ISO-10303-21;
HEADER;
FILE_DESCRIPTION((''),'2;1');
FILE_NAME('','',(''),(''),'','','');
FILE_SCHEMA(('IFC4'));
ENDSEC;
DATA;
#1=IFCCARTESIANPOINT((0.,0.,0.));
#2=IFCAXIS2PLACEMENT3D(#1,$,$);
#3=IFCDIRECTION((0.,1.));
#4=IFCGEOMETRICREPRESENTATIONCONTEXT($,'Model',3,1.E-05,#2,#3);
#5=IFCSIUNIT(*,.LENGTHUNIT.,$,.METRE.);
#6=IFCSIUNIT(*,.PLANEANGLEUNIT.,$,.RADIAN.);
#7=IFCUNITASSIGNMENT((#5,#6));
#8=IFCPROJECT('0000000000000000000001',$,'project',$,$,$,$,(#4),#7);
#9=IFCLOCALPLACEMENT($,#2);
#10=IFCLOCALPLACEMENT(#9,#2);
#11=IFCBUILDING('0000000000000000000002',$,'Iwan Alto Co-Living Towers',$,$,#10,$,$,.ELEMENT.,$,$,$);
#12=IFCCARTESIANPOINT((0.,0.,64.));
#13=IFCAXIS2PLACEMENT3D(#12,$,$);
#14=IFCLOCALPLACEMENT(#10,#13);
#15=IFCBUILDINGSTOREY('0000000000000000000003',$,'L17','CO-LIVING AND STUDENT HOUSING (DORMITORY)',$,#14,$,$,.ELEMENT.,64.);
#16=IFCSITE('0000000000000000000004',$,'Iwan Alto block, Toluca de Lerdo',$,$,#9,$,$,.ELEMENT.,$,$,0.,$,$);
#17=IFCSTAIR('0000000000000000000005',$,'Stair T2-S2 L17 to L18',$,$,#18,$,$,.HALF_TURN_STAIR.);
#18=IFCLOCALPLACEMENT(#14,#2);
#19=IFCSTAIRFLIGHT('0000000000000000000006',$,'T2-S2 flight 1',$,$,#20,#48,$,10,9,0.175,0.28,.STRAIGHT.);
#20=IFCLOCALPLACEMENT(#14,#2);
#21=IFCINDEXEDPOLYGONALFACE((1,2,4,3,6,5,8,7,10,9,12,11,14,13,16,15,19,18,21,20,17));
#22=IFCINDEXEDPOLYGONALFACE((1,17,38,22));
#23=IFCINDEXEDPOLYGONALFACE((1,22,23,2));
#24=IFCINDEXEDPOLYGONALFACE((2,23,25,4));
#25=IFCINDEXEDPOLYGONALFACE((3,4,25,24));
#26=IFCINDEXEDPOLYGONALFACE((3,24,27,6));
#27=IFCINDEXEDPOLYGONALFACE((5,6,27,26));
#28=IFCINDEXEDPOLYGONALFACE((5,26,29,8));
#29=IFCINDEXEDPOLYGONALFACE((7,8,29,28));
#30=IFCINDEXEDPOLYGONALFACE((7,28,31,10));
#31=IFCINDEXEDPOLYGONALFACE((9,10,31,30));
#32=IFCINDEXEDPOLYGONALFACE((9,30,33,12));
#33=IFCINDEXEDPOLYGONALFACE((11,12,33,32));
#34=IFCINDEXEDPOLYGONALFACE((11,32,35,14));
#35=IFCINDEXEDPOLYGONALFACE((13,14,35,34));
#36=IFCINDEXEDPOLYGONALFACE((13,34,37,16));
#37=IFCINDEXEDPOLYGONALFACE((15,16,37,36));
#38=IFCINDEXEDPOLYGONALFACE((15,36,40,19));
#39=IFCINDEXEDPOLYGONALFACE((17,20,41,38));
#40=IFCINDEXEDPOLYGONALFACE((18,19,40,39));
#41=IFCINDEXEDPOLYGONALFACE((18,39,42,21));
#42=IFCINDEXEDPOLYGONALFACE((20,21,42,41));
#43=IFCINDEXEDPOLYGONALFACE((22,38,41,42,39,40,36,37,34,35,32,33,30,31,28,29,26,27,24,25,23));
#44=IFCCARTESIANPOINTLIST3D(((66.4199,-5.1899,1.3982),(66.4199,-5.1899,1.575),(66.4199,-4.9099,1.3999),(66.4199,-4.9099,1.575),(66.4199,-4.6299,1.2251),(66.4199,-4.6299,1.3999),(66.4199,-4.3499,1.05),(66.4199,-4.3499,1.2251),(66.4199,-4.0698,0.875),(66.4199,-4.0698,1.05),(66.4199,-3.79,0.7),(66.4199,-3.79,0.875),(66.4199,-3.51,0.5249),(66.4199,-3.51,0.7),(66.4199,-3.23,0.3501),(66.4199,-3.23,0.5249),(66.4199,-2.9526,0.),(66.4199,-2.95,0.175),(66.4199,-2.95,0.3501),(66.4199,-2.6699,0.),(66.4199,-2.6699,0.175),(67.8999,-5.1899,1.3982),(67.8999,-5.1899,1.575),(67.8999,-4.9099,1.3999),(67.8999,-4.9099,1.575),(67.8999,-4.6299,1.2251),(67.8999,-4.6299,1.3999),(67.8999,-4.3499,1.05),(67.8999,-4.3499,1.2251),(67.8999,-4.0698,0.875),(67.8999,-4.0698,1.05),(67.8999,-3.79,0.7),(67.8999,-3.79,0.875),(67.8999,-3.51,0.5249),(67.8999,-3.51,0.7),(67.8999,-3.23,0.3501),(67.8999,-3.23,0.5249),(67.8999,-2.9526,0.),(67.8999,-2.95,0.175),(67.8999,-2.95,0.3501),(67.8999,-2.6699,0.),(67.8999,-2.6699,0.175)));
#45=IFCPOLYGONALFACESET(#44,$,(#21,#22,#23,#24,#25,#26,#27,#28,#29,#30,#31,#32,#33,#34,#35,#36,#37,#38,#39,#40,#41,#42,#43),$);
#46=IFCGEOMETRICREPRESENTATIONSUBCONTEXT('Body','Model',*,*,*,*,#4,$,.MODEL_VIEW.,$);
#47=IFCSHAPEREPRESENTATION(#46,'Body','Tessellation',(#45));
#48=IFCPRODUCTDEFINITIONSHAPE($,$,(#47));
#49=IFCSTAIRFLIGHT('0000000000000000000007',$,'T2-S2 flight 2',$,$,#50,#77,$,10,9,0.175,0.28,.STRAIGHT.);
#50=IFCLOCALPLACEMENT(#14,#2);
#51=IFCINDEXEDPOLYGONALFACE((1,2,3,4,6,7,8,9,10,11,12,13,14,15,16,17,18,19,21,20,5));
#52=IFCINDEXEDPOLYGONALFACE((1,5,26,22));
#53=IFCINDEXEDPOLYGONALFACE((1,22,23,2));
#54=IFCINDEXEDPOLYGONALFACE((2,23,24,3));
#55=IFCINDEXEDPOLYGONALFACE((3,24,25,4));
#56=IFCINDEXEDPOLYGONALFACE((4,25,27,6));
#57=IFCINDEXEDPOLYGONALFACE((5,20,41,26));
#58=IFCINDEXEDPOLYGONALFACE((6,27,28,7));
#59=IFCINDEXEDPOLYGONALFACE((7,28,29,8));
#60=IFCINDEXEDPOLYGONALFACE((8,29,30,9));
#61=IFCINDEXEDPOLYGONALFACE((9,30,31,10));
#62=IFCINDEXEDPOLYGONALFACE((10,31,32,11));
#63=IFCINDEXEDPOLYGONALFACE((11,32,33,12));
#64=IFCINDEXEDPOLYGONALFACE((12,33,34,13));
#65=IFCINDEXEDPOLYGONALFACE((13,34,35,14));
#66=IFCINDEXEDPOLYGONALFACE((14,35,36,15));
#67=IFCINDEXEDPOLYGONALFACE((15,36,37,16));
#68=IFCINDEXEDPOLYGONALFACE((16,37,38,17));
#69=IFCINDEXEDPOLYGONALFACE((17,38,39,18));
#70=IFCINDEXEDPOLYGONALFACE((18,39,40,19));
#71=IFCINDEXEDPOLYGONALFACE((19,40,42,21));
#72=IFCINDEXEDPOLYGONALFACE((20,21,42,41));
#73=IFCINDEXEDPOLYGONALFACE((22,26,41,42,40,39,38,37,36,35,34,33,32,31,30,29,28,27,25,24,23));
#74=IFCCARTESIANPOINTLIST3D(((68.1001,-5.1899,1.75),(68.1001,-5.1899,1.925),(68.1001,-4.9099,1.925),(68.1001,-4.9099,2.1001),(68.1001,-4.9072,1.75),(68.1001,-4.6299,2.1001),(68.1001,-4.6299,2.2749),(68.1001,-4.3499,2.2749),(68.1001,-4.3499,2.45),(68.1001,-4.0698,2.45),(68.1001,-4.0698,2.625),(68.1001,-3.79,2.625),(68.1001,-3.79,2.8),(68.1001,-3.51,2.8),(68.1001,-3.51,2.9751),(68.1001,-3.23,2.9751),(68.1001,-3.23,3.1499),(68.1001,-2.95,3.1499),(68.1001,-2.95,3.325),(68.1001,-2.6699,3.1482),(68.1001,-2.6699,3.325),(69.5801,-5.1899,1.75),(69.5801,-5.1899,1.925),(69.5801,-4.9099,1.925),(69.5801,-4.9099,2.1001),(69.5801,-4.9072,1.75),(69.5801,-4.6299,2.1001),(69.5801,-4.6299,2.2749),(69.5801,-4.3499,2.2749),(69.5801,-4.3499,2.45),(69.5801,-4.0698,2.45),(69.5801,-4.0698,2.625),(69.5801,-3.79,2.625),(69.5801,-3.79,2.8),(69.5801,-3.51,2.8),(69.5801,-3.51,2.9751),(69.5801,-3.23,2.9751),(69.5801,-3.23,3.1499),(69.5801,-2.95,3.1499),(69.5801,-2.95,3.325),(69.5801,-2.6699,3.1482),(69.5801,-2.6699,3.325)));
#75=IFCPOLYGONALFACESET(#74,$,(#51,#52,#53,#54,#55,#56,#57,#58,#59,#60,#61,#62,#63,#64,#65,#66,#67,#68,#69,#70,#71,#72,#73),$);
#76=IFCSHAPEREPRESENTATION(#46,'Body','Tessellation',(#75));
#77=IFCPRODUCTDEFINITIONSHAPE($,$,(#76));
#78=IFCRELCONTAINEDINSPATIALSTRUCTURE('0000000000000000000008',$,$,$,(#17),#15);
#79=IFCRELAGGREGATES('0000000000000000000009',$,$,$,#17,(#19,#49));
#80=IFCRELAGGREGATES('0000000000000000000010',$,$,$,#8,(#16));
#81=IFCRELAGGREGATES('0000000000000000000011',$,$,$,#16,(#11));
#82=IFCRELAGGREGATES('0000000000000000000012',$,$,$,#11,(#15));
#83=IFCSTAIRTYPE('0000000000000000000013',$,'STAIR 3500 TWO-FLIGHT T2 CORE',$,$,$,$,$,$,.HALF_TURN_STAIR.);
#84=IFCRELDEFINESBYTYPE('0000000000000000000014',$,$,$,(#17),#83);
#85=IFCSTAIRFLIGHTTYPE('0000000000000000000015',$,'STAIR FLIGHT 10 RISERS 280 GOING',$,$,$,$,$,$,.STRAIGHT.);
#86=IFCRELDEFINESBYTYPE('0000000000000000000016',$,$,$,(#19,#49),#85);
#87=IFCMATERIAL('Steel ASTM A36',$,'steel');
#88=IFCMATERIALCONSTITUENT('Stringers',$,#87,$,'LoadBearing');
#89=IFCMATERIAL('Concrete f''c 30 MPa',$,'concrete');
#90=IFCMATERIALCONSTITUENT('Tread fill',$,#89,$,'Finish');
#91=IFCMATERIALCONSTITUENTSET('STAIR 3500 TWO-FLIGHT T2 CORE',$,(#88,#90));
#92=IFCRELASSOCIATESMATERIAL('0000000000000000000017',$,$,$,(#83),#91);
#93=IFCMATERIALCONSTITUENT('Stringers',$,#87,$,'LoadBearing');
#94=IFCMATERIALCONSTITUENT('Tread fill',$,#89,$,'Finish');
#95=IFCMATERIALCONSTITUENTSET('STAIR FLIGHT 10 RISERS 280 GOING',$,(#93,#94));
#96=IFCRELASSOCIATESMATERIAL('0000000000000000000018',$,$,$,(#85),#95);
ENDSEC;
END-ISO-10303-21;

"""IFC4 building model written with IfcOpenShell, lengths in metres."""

from ifc_helpers import new_model, si_unit, direction, frame, origin, place, context, subcontext, project, spatial, polyline, outline, extrude, material, constituent, constituent_set, type_object, element, aggregate, save


model = new_model("IFC4")

# Units and contexts
model_context = context("Model", 3, precision=1e-05, world=origin(), true_north=direction((0.0, 1.0)))
body_context = subcontext(model_context, "Body", "Model", "MODEL_VIEW")
ifc_project = project(units=[si_unit("LENGTHUNIT", "METRE"), si_unit("PLANEANGLEUNIT", "RADIAN")], contexts=[model_context])

# Site, building, storey
site_placement = place(None, origin())
site = spatial("IfcSite", under=ifc_project, at=site_placement, Name="Iwan Alto block, Toluca de Lerdo", CompositionType="ELEMENT", RefElevation=0.0)
building_placement = place(site_placement, origin())
building = spatial("IfcBuilding", under=site, at=building_placement, Name="Iwan Alto Co-Living Towers", CompositionType="ELEMENT")
storey_placement = place(building_placement, frame((0.0, 0.0, 64.0)))
storey = spatial("IfcBuildingStorey", under=building, at=storey_placement, Name="L17", Description="CO-LIVING AND STUDENT HOUSING (DORMITORY)", CompositionType="ELEMENT", Elevation=64.0)

# Stair, stair flights
ifc_material_1 = material(Name="Steel ASTM A36", Category="steel")
ifc_constituent_1 = constituent(ifc_material_1, Name="Stringers", Category="LoadBearing")
ifc_material_2 = material(Name="Concrete f'c 30 MPa", Category="concrete")
ifc_constituent_2 = constituent(ifc_material_2, Name="Tread fill", Category="Finish")
ifc_constituent_set_1 = constituent_set(constituents=[ifc_constituent_1, ifc_constituent_2], Name="STAIR 3500 TWO-FLIGHT T2 CORE")
stair_type = type_object("IfcStairType", Name="STAIR 3500 TWO-FLIGHT T2 CORE", PredefinedType="HALF_TURN_STAIR", material=ifc_constituent_set_1)
stair_placement = place(storey_placement, origin())
stair = element("IfcStair", 1, at=stair_placement, inside=storey, type_object=stair_type, Name="Stair T2-S2 L17 to L18", PredefinedType="HALF_TURN_STAIR")
ifc_constituent_3 = constituent(ifc_material_1, Name="Stringers", Category="LoadBearing")
ifc_constituent_4 = constituent(ifc_material_2, Name="Tread fill", Category="Finish")
ifc_constituent_set_2 = constituent_set(constituents=[ifc_constituent_3, ifc_constituent_4], Name="STAIR FLIGHT 10 RISERS 280 GOING")
stair_flight_type = type_object("IfcStairFlightType", Name="STAIR FLIGHT 10 RISERS 280 GOING", PredefinedType="STRAIGHT", material=ifc_constituent_set_2)
stair_flight_1_placement = place(storey_placement, frame((67.1599, -2.6699, 0.0), z_axis=(0.0, 0.0, 1.0), x_axis=(0.0, -1.0, 0.0)))
stair_flight_1 = element("IfcStairFlight", 2, at=stair_flight_1_placement, type_object=stair_flight_type, Name="T2-S2 flight 1", NumberOfRisers=10, NumberOfTreads=9, PredefinedType="STRAIGHT", RiserHeight=0.175, TreadLength=0.28, context=body_context, shape_type="SweptSolid", body=[
    extrude(outline(polyline([(0.0, 0.0), (0.0, 0.175), (0.28, 0.175), (0.28, 0.3501), (0.5601, 0.3501), (0.5601, 0.5249), (0.8401, 0.5249), (0.8401, 0.7), (1.1201, 0.7), (1.1201, 0.875), (1.3999, 0.875), (1.3999, 1.05), (1.6799, 1.05), (1.6799, 1.2251), (1.96, 1.2251), (1.96, 1.3999), (2.24, 1.3999), (2.24, 1.575), (2.52, 1.575), (2.52, 1.75), (2.52, 1.3982), (0.2827, 0.0), (0.0, 0.0)])), frame((0.0, 0.74, 0.0), z_axis=(0.0, -1.0, 0.0), x_axis=(1.0, 0.0, 0.0)), (0.0, 0.0, 1.0), 1.48),
])
stair_flight_2_placement = place(storey_placement, frame((68.8401, -5.1899, 1.75), z_axis=(0.0, 0.0, 1.0), x_axis=(0.0, 1.0, 0.0)))
stair_flight_2 = element("IfcStairFlight", 3, at=stair_flight_2_placement, type_object=stair_flight_type, Name="T2-S2 flight 2", NumberOfRisers=10, NumberOfTreads=9, PredefinedType="STRAIGHT", RiserHeight=0.175, TreadLength=0.28, context=body_context, shape_type="SweptSolid", body=[
    extrude(outline(polyline([(0.0, 0.0), (0.0, 0.175), (0.28, 0.175), (0.28, 0.3501), (0.5601, 0.3501), (0.5601, 0.5249), (0.8401, 0.5249), (0.8401, 0.7), (1.1201, 0.7), (1.1201, 0.875), (1.3999, 0.875), (1.3999, 1.05), (1.6799, 1.05), (1.6799, 1.2251), (1.96, 1.2251), (1.96, 1.3999), (2.24, 1.3999), (2.24, 1.575), (2.52, 1.575), (2.52, 1.75), (2.52, 1.3982), (0.2827, 0.0), (0.0, 0.0)])), frame((0.0, 0.74, 0.0), z_axis=(0.0, -1.0, 0.0), x_axis=(1.0, 0.0, 0.0)), (0.0, 0.0, 1.0), 1.48),
])
aggregate(stair, [stair_flight_1, stair_flight_2])

save(model, "model.ifc")
